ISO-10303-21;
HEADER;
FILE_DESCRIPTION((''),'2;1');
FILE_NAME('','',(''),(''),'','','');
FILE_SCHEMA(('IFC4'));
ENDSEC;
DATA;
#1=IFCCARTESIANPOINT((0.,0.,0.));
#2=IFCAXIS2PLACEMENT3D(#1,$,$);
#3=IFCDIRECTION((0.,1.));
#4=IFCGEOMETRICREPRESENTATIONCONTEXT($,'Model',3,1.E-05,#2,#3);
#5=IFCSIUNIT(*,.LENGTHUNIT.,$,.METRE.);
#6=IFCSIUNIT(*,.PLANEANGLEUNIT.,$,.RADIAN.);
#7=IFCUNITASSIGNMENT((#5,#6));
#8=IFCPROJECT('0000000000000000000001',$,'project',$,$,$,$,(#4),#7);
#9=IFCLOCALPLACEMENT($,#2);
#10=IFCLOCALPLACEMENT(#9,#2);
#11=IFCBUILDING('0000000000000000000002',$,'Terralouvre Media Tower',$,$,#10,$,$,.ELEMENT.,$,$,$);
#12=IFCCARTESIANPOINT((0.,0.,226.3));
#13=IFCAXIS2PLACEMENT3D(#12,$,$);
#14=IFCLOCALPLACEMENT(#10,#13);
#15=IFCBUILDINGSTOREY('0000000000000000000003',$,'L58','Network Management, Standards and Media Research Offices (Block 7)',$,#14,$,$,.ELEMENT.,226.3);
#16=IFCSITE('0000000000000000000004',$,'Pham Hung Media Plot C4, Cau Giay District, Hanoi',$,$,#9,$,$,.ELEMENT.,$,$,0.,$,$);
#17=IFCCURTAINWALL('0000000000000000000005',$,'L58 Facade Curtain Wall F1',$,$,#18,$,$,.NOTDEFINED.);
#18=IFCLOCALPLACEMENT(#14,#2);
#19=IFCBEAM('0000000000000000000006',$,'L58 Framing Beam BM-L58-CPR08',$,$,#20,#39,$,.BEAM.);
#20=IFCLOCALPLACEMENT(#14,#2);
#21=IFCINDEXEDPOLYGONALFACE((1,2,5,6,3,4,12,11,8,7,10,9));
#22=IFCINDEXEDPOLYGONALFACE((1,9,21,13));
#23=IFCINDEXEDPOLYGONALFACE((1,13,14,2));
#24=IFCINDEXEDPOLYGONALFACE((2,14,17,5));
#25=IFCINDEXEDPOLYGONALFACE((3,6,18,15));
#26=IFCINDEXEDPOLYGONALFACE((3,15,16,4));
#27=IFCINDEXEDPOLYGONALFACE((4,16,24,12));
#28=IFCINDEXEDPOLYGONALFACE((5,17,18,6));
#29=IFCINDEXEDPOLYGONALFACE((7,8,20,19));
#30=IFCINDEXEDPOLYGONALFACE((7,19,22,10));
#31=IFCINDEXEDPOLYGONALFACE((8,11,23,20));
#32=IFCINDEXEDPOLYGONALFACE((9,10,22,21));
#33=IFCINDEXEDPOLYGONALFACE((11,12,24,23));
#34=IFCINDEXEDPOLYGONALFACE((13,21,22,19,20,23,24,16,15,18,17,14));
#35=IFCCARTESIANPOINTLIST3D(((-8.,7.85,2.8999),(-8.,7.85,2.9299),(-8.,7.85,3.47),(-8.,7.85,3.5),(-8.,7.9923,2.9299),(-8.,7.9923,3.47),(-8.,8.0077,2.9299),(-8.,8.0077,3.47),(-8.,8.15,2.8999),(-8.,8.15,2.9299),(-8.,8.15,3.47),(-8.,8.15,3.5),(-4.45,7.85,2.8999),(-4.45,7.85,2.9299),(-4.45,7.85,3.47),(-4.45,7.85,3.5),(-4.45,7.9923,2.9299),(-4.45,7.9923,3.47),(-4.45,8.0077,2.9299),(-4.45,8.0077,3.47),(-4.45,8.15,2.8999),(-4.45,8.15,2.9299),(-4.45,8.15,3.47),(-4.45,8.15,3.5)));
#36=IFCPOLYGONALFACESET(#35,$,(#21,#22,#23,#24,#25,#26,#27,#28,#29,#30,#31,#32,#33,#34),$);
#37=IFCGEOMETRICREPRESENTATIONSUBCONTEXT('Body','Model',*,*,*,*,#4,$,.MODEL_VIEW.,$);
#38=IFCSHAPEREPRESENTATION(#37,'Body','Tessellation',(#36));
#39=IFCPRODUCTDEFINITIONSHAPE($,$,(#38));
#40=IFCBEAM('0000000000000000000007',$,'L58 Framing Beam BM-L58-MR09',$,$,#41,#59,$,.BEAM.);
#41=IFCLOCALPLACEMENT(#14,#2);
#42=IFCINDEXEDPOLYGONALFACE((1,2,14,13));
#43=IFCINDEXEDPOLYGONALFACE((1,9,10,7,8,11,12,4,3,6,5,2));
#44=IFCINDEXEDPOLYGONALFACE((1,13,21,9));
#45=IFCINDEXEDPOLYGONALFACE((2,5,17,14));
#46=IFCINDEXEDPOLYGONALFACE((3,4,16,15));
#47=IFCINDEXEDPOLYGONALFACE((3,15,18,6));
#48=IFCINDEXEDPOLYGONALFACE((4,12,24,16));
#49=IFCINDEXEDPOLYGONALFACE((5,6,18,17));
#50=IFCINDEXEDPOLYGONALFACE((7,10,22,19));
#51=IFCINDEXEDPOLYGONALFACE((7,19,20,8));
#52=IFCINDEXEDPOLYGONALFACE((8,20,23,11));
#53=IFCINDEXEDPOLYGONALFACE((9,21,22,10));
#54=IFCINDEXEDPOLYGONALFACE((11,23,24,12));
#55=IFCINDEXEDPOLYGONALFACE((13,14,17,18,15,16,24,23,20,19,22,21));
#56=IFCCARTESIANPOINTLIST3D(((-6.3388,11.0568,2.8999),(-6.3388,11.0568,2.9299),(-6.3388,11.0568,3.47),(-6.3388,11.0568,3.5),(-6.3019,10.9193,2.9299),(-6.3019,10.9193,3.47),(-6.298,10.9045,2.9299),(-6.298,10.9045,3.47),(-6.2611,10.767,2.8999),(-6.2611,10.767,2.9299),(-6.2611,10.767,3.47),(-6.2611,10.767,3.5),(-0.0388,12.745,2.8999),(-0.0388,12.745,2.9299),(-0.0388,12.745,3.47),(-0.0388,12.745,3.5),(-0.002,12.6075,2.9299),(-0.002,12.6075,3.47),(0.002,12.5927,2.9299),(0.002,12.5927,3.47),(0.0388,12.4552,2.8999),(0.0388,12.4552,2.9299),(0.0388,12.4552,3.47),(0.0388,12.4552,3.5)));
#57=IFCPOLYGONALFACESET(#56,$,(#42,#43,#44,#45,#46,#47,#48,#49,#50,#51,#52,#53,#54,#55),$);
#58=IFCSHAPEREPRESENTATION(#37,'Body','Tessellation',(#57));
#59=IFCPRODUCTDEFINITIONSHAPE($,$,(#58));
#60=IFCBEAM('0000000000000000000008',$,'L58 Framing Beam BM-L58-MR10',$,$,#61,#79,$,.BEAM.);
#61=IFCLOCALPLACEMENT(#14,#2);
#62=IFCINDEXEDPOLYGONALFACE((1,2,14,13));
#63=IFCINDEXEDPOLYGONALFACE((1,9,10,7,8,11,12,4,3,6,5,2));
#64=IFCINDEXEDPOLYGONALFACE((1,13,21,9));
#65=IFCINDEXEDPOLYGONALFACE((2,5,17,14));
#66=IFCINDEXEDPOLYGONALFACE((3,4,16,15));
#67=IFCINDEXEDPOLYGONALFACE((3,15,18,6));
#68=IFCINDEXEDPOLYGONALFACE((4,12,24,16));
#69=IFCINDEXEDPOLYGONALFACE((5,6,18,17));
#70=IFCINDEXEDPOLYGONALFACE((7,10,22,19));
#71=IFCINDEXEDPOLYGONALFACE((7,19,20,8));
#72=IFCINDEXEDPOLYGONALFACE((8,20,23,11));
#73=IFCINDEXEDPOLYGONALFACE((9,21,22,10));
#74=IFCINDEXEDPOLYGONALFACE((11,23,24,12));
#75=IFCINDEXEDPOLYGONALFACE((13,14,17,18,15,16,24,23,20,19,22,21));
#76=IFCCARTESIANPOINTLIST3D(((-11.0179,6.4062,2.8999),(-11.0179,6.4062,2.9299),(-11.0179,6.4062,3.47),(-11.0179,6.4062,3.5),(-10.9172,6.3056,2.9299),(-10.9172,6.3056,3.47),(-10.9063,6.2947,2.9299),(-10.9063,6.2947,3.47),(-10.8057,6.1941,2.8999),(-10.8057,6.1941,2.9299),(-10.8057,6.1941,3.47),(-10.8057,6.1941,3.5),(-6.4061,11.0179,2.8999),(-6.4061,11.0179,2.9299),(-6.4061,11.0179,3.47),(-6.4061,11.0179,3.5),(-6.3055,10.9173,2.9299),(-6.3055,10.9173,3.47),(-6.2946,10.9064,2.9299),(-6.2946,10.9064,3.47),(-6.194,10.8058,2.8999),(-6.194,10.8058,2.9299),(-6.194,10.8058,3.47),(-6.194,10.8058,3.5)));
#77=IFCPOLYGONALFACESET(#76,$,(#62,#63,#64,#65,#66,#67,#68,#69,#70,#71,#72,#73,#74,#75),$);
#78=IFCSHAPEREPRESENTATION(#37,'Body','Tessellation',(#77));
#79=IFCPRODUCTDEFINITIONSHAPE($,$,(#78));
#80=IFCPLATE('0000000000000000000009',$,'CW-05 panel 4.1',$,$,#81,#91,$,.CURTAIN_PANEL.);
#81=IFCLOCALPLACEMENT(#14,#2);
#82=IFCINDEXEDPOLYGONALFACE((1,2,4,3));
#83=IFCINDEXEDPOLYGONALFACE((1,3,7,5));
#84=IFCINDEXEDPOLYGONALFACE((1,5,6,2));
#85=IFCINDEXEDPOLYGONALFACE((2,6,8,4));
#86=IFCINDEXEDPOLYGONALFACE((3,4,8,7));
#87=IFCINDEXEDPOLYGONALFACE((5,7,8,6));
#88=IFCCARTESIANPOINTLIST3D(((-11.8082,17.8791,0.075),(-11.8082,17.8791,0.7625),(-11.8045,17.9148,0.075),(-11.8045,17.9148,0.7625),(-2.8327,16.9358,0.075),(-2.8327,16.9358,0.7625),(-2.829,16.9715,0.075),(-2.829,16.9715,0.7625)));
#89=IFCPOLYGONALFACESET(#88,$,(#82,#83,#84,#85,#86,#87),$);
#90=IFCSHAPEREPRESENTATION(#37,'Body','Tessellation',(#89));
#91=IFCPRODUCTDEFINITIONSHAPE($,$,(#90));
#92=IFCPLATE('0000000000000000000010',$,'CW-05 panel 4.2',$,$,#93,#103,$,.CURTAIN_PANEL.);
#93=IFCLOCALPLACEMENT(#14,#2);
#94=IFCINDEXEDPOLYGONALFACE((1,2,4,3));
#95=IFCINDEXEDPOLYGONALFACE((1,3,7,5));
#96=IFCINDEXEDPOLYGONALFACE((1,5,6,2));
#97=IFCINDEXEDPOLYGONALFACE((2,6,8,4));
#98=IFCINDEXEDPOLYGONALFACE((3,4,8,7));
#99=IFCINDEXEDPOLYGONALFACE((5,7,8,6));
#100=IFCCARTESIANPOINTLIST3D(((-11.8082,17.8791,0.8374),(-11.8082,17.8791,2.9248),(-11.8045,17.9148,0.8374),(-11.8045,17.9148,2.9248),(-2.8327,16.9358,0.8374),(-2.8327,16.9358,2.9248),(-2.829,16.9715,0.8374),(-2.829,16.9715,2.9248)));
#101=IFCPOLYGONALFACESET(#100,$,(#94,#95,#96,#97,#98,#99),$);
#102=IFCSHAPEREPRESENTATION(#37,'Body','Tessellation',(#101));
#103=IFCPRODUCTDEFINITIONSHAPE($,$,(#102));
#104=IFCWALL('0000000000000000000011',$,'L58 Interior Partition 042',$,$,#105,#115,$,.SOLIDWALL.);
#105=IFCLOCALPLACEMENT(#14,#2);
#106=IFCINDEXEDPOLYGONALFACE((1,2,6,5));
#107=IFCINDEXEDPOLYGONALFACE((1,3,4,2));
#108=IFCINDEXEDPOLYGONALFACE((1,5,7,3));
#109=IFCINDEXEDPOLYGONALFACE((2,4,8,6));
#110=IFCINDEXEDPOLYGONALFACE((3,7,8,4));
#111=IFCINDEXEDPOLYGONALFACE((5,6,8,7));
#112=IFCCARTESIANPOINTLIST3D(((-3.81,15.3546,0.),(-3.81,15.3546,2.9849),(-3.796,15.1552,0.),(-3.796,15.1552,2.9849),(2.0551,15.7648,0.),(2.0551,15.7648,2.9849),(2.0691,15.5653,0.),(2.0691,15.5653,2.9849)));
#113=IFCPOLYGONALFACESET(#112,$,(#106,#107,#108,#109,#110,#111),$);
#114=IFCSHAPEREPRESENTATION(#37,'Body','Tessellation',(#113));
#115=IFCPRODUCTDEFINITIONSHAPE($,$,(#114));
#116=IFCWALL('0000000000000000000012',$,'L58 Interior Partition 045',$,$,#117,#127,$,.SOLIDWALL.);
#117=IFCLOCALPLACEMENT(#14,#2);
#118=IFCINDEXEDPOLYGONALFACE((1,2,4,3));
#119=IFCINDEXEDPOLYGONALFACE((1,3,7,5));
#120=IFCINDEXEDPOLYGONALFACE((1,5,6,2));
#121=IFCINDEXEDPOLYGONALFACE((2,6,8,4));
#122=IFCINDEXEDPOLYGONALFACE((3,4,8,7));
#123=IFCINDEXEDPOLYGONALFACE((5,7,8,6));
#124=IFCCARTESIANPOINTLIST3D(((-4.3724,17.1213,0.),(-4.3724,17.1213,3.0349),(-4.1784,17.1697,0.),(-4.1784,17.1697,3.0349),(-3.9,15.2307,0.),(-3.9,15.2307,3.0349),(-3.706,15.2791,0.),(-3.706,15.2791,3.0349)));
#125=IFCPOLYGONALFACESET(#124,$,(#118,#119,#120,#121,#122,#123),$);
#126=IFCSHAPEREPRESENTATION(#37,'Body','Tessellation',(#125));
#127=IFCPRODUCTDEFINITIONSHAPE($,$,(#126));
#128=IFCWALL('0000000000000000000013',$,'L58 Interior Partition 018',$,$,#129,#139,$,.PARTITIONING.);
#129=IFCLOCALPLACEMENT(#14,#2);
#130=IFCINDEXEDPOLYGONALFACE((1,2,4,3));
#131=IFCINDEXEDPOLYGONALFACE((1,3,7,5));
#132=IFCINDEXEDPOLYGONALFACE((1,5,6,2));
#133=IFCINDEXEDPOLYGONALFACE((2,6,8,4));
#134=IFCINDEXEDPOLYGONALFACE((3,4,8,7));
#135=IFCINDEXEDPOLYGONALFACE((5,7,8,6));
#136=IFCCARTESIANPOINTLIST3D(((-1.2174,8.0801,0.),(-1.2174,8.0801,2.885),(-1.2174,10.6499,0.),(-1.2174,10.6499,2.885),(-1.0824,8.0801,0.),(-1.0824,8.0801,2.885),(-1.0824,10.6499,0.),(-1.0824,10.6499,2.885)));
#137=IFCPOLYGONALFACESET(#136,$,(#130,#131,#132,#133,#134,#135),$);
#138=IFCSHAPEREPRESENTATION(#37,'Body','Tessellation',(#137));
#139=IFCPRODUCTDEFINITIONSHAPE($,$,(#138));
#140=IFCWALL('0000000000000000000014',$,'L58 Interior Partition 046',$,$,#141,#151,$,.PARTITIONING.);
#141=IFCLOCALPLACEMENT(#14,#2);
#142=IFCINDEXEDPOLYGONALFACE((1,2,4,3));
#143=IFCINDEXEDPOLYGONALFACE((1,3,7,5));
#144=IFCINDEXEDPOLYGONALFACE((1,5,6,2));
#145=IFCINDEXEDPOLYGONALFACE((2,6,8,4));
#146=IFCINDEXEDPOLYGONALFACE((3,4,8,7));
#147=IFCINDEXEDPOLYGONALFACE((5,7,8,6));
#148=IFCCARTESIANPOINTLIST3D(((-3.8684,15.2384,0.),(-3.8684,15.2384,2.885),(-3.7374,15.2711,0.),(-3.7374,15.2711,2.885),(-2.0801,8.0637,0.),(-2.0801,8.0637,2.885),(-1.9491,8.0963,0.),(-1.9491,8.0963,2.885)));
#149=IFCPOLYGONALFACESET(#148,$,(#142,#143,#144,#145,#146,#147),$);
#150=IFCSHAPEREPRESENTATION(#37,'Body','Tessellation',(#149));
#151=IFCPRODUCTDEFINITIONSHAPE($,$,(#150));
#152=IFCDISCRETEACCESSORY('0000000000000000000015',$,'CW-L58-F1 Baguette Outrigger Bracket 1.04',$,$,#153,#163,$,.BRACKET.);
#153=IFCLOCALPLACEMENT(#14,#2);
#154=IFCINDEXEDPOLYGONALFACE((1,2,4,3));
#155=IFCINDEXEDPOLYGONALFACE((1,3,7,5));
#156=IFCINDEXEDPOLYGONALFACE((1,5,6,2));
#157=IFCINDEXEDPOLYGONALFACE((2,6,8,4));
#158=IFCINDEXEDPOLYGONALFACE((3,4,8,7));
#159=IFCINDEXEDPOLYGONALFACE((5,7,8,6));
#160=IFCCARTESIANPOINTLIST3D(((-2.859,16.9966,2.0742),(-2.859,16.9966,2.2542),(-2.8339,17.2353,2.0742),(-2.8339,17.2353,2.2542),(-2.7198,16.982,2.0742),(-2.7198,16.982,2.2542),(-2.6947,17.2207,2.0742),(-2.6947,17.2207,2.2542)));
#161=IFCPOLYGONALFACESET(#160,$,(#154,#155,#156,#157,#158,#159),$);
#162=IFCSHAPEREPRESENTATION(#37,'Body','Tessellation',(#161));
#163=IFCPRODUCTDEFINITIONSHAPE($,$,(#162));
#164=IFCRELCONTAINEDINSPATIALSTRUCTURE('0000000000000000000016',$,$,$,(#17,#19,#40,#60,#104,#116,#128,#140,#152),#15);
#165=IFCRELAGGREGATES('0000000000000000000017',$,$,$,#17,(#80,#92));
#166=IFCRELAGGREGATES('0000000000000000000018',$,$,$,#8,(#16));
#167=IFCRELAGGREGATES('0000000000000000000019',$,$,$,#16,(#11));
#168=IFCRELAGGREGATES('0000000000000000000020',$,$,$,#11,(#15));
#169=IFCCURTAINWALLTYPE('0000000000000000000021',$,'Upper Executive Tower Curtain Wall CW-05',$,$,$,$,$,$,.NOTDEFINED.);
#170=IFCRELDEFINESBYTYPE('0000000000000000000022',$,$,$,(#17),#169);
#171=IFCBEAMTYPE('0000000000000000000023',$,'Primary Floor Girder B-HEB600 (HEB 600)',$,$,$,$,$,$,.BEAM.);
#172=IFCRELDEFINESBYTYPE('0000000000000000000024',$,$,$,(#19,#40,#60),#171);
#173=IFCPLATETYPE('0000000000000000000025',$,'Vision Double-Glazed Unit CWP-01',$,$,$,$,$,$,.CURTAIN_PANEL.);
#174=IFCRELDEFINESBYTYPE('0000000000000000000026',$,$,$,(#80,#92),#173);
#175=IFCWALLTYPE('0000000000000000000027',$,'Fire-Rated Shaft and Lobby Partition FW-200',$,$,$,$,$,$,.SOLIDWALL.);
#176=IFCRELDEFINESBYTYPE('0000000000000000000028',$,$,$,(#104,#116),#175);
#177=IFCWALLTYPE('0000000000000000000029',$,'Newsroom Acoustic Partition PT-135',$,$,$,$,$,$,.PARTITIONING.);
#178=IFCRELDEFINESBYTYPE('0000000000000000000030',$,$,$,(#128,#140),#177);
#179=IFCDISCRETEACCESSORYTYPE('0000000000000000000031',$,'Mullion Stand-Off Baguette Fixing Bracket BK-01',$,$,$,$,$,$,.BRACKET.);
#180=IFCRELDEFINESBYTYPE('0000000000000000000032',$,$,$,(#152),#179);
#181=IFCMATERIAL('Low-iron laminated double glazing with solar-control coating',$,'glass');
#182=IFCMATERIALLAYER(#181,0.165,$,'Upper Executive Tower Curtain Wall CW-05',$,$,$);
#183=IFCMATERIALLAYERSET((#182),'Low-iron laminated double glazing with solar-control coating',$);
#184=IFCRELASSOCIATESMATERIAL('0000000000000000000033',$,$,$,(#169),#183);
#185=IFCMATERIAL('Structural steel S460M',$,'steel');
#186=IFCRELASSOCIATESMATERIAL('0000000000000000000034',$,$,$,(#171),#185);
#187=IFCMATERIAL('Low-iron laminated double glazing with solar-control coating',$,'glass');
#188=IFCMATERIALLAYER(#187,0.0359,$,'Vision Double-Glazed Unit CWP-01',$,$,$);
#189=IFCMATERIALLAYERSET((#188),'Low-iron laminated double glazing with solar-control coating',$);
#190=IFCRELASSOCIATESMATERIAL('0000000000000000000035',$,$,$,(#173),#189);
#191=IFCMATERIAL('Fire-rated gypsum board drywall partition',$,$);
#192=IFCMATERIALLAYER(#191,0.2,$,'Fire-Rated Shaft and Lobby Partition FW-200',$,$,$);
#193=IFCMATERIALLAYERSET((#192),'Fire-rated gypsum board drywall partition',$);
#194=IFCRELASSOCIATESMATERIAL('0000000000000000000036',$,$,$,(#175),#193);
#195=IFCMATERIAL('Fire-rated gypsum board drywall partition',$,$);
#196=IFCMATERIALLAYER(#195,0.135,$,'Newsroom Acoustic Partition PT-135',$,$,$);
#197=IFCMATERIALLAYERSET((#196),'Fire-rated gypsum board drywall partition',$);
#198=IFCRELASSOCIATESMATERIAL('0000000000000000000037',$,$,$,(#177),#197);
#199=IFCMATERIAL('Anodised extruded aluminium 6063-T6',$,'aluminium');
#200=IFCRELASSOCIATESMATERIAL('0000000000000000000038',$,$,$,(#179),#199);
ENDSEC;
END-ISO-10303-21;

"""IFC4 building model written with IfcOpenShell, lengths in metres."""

from ifc_helpers import new_model, si_unit, direction, frame, frame_2d, origin, origin_2d, place, context, subcontext, project, spatial, rectangle, i_section, extrude, material, layer, layer_set, material_profile, profile_set, type_object, element, aggregate, save


model = new_model("IFC4")

# Units and contexts
model_context = context("Model", 3, precision=1e-05, world=origin(), true_north=direction((0.0, 1.0)))
body_context = subcontext(model_context, "Body", "Model", "MODEL_VIEW")
ifc_project = project(units=[si_unit("LENGTHUNIT", "METRE"), si_unit("PLANEANGLEUNIT", "RADIAN")], contexts=[model_context])

# Site, building, storey
site_placement = place(None, origin())
site = spatial("IfcSite", under=ifc_project, at=site_placement, Name="Pham Hung Media Plot C4, Cau Giay District, Hanoi", CompositionType="ELEMENT", RefElevation=0.0)
building_placement = place(site_placement, origin())
building = spatial("IfcBuilding", under=site, at=building_placement, Name="Terralouvre Media Tower", CompositionType="ELEMENT")
storey_placement = place(building_placement, frame((0.0, 0.0, 226.3)))
storey = spatial("IfcBuildingStorey", under=building, at=storey_placement, Name="L58", Description="Network Management, Standards and Media Research Offices (Block 7)", CompositionType="ELEMENT", Elevation=226.3)

# Curtain wall
ifc_material_1 = material(Name="Low-iron laminated double glazing with solar-control coating", Category="glass")
ifc_layer_1 = layer(ifc_material_1, 0.165, Name="Upper Executive Tower Curtain Wall CW-05")
ifc_layer_set_1 = layer_set([ifc_layer_1], Name="Low-iron laminated double glazing with solar-control coating")
curtain_wall_type = type_object("IfcCurtainWallType", Name="Upper Executive Tower Curtain Wall CW-05", PredefinedType="NOTDEFINED", material=ifc_layer_set_1)
curtain_wall_placement = place(storey_placement, origin())
curtain_wall = element("IfcCurtainWall", 1, at=curtain_wall_placement, inside=storey, type_object=curtain_wall_type, Name="L58 Facade Curtain Wall F1", PredefinedType="NOTDEFINED")

# Beams
ifc_material_2 = material(Name="Structural steel S460M", Category="steel")
ifc_material_profile_1 = material_profile(ifc_material_2, i_section(OverallWidth=0.3, OverallDepth=0.6001, WebThickness=0.0154, FlangeThickness=0.03, at=origin_2d()), Name="HEB 600")
ifc_profile_set_1 = profile_set([ifc_material_profile_1], Name="Structural steel S460M")
beam_type_1 = type_object("IfcBeamType", Name="Primary Floor Girder B-HEB600 (HEB 600)", PredefinedType="BEAM", material=ifc_profile_set_1)
beam_1_placement = place(storey_placement, frame((-4.45, 8.0, 3.2), z_axis=(-1.0, 0.0, 0.0), x_axis=(0.0, -1.0, 0.0)))
element("IfcBeam", 2, at=beam_1_placement, inside=storey, type_object=beam_type_1, Name="L58 Framing Beam BM-L58-CPR08", PredefinedType="BEAM", context=body_context, shape_type="SweptSolid", body=[
    extrude(i_section(OverallWidth=0.3, OverallDepth=0.6001, WebThickness=0.0154, FlangeThickness=0.03, at=origin_2d()), origin(), (0.0, 0.0, 1.0), 3.55),
])
beam_2_placement = place(storey_placement, frame((0.0, 12.6001, 3.2), z_axis=(-0.96592, -0.258839, 0.0), x_axis=(0.258839, -0.96592, 0.0)))
element("IfcBeam", 3, at=beam_2_placement, inside=storey, type_object=beam_type_1, Name="L58 Framing Beam BM-L58-MR09", PredefinedType="BEAM", context=body_context, shape_type="SweptSolid", body=[
    extrude(i_section(OverallWidth=0.3, OverallDepth=0.6001, WebThickness=0.0154, FlangeThickness=0.03, at=origin_2d()), origin(), (0.0, 0.0, 1.0), 6.5222),
])
beam_3_placement = place(storey_placement, frame((-6.3, 10.9119, 3.2), z_axis=(-0.707107, -0.707107, 0.0), x_axis=(0.707107, -0.707107, 0.0)))
element("IfcBeam", 4, at=beam_3_placement, inside=storey, type_object=beam_type_1, Name="L58 Framing Beam BM-L58-MR10", PredefinedType="BEAM", context=body_context, shape_type="SweptSolid", body=[
    extrude(i_section(OverallWidth=0.3, OverallDepth=0.6001, WebThickness=0.0154, FlangeThickness=0.03, at=origin_2d()), origin(), (0.0, 0.0, 1.0), 6.522),
])

# Plates
ifc_material_3 = material(Name="Low-iron laminated double glazing with solar-control coating", Category="glass")
ifc_layer_2 = layer(ifc_material_3, 0.0359, Name="Vision Double-Glazed Unit CWP-01")
ifc_layer_set_2 = layer_set([ifc_layer_2], Name="Low-iron laminated double glazing with solar-control coating")
plate_type = type_object("IfcPlateType", Name="Vision Double-Glazed Unit CWP-01", PredefinedType="CURTAIN_PANEL", material=ifc_layer_set_2)
plate_1_placement = place(storey_placement, frame((-7.3186, 17.4253, 0.075), z_axis=(0.0, 0.0, 1.0), x_axis=(-0.994522, 0.104529, 0.0)))
plate_1 = element("IfcPlate", 5, at=plate_1_placement, type_object=plate_type, Name="CW-05 panel 4.1", PredefinedType="CURTAIN_PANEL", context=body_context, shape_type="SweptSolid", body=[
    extrude(rectangle(XDim=9.0249, YDim=0.0359, at=origin_2d()), origin(), (0.0, 0.0, 1.0), 0.6875),
])
plate_2_placement = place(storey_placement, frame((-7.3186, 17.4253, 0.8374), z_axis=(0.0, 0.0, 1.0), x_axis=(-0.994522, 0.104529, 0.0)))
plate_2 = element("IfcPlate", 6, at=plate_2_placement, type_object=plate_type, Name="CW-05 panel 4.2", PredefinedType="CURTAIN_PANEL", context=body_context, shape_type="SweptSolid", body=[
    extrude(rectangle(XDim=9.0249, YDim=0.0359, at=origin_2d()), origin(), (0.0, 0.0, 1.0), 2.0874),
])
aggregate(curtain_wall, [plate_1, plate_2])

# Walls
ifc_material_4 = material(Name="Fire-rated gypsum board drywall partition")
ifc_layer_3 = layer(ifc_material_4, 0.2, Name="Fire-Rated Shaft and Lobby Partition FW-200")
ifc_layer_set_3 = layer_set([ifc_layer_3], Name="Fire-rated gypsum board drywall partition")
wall_type_1 = type_object("IfcWallType", Name="Fire-Rated Shaft and Lobby Partition FW-200", PredefinedType="SOLIDWALL", material=ifc_layer_set_3)
wall_1_placement = place(storey_placement, frame((-3.803, 15.2549, 0.0), z_axis=(0.0, 0.0, 1.0), x_axis=(0.997564, 0.069763, 0.0)))
element("IfcWall", 7, at=wall_1_placement, inside=storey, type_object=wall_type_1, Name="L58 Interior Partition 042", PredefinedType="SOLIDWALL", context=body_context, shape_type="SweptSolid", body=[
    extrude(rectangle(XDim=5.8794, YDim=0.2, at=frame_2d((2.9397, 0.0))), origin(), (0.0, 0.0, 1.0), 2.9849),
])
wall_2_placement = place(storey_placement, frame((-4.2754, 17.1455, 0.0), z_axis=(0.0, 0.0, 1.0), x_axis=(0.242418, -0.970172, 0.0)))
element("IfcWall", 8, at=wall_2_placement, inside=storey, type_object=wall_type_1, Name="L58 Interior Partition 045", PredefinedType="SOLIDWALL", context=body_context, shape_type="SweptSolid", body=[
    extrude(rectangle(XDim=1.9487, YDim=0.2, at=frame_2d((0.9744, 0.0))), origin(), (0.0, 0.0, 1.0), 3.0349),
])
ifc_material_5 = material(Name="Fire-rated gypsum board drywall partition")
ifc_layer_4 = layer(ifc_material_5, 0.135, Name="Newsroom Acoustic Partition PT-135")
ifc_layer_set_4 = layer_set([ifc_layer_4], Name="Fire-rated gypsum board drywall partition")
wall_type_2 = type_object("IfcWallType", Name="Newsroom Acoustic Partition PT-135", PredefinedType="PARTITIONING", material=ifc_layer_set_4)
wall_3_placement = place(storey_placement, frame((-1.1499, 10.6499, 0.0), z_axis=(0.0, 0.0, 1.0), x_axis=(0.0, -1.0, 0.0)))
element("IfcWall", 9, at=wall_3_placement, inside=storey, type_object=wall_type_2, Name="L58 Interior Partition 018", PredefinedType="PARTITIONING", context=body_context, shape_type="SweptSolid", body=[
    extrude(rectangle(XDim=2.5698, YDim=0.135, at=frame_2d((1.2849, 0.0))), origin(), (0.0, 0.0, 1.0), 2.885),
])
wall_4_placement = place(storey_placement, frame((-3.803, 15.2549, 0.0), z_axis=(0.0, 0.0, 1.0), x_axis=(0.241852, -0.970313, 0.0)))
element("IfcWall", 10, at=wall_4_placement, inside=storey, type_object=wall_type_2, Name="L58 Interior Partition 046", PredefinedType="PARTITIONING", context=body_context, shape_type="SweptSolid", body=[
    extrude(rectangle(XDim=7.3943, YDim=0.135, at=frame_2d((3.6973, 0.0))), origin(), (0.0, 0.0, 1.0), 2.885),
])

# Discrete accessory
ifc_material_6 = material(Name="Anodised extruded aluminium 6063-T6", Category="aluminium")
discrete_accessory_type = type_object("IfcDiscreteAccessoryType", Name="Mullion Stand-Off Baguette Fixing Bracket BK-01", PredefinedType="BRACKET", material=ifc_material_6)
discrete_accessory_placement = place(storey_placement, frame((-2.7769, 17.1086, 2.0742), z_axis=(0.0, 0.0, 1.0), x_axis=(-0.994522, 0.104529, 0.0)))
element("IfcDiscreteAccessory", 11, at=discrete_accessory_placement, inside=storey, type_object=discrete_accessory_type, Name="CW-L58-F1 Baguette Outrigger Bracket 1.04", PredefinedType="BRACKET", context=body_context, shape_type="SweptSolid", body=[
    extrude(rectangle(XDim=0.1399, YDim=0.24, at=origin_2d()), origin(), (0.0, 0.0, 1.0), 0.1799),
])

save(model, "model.ifc")
